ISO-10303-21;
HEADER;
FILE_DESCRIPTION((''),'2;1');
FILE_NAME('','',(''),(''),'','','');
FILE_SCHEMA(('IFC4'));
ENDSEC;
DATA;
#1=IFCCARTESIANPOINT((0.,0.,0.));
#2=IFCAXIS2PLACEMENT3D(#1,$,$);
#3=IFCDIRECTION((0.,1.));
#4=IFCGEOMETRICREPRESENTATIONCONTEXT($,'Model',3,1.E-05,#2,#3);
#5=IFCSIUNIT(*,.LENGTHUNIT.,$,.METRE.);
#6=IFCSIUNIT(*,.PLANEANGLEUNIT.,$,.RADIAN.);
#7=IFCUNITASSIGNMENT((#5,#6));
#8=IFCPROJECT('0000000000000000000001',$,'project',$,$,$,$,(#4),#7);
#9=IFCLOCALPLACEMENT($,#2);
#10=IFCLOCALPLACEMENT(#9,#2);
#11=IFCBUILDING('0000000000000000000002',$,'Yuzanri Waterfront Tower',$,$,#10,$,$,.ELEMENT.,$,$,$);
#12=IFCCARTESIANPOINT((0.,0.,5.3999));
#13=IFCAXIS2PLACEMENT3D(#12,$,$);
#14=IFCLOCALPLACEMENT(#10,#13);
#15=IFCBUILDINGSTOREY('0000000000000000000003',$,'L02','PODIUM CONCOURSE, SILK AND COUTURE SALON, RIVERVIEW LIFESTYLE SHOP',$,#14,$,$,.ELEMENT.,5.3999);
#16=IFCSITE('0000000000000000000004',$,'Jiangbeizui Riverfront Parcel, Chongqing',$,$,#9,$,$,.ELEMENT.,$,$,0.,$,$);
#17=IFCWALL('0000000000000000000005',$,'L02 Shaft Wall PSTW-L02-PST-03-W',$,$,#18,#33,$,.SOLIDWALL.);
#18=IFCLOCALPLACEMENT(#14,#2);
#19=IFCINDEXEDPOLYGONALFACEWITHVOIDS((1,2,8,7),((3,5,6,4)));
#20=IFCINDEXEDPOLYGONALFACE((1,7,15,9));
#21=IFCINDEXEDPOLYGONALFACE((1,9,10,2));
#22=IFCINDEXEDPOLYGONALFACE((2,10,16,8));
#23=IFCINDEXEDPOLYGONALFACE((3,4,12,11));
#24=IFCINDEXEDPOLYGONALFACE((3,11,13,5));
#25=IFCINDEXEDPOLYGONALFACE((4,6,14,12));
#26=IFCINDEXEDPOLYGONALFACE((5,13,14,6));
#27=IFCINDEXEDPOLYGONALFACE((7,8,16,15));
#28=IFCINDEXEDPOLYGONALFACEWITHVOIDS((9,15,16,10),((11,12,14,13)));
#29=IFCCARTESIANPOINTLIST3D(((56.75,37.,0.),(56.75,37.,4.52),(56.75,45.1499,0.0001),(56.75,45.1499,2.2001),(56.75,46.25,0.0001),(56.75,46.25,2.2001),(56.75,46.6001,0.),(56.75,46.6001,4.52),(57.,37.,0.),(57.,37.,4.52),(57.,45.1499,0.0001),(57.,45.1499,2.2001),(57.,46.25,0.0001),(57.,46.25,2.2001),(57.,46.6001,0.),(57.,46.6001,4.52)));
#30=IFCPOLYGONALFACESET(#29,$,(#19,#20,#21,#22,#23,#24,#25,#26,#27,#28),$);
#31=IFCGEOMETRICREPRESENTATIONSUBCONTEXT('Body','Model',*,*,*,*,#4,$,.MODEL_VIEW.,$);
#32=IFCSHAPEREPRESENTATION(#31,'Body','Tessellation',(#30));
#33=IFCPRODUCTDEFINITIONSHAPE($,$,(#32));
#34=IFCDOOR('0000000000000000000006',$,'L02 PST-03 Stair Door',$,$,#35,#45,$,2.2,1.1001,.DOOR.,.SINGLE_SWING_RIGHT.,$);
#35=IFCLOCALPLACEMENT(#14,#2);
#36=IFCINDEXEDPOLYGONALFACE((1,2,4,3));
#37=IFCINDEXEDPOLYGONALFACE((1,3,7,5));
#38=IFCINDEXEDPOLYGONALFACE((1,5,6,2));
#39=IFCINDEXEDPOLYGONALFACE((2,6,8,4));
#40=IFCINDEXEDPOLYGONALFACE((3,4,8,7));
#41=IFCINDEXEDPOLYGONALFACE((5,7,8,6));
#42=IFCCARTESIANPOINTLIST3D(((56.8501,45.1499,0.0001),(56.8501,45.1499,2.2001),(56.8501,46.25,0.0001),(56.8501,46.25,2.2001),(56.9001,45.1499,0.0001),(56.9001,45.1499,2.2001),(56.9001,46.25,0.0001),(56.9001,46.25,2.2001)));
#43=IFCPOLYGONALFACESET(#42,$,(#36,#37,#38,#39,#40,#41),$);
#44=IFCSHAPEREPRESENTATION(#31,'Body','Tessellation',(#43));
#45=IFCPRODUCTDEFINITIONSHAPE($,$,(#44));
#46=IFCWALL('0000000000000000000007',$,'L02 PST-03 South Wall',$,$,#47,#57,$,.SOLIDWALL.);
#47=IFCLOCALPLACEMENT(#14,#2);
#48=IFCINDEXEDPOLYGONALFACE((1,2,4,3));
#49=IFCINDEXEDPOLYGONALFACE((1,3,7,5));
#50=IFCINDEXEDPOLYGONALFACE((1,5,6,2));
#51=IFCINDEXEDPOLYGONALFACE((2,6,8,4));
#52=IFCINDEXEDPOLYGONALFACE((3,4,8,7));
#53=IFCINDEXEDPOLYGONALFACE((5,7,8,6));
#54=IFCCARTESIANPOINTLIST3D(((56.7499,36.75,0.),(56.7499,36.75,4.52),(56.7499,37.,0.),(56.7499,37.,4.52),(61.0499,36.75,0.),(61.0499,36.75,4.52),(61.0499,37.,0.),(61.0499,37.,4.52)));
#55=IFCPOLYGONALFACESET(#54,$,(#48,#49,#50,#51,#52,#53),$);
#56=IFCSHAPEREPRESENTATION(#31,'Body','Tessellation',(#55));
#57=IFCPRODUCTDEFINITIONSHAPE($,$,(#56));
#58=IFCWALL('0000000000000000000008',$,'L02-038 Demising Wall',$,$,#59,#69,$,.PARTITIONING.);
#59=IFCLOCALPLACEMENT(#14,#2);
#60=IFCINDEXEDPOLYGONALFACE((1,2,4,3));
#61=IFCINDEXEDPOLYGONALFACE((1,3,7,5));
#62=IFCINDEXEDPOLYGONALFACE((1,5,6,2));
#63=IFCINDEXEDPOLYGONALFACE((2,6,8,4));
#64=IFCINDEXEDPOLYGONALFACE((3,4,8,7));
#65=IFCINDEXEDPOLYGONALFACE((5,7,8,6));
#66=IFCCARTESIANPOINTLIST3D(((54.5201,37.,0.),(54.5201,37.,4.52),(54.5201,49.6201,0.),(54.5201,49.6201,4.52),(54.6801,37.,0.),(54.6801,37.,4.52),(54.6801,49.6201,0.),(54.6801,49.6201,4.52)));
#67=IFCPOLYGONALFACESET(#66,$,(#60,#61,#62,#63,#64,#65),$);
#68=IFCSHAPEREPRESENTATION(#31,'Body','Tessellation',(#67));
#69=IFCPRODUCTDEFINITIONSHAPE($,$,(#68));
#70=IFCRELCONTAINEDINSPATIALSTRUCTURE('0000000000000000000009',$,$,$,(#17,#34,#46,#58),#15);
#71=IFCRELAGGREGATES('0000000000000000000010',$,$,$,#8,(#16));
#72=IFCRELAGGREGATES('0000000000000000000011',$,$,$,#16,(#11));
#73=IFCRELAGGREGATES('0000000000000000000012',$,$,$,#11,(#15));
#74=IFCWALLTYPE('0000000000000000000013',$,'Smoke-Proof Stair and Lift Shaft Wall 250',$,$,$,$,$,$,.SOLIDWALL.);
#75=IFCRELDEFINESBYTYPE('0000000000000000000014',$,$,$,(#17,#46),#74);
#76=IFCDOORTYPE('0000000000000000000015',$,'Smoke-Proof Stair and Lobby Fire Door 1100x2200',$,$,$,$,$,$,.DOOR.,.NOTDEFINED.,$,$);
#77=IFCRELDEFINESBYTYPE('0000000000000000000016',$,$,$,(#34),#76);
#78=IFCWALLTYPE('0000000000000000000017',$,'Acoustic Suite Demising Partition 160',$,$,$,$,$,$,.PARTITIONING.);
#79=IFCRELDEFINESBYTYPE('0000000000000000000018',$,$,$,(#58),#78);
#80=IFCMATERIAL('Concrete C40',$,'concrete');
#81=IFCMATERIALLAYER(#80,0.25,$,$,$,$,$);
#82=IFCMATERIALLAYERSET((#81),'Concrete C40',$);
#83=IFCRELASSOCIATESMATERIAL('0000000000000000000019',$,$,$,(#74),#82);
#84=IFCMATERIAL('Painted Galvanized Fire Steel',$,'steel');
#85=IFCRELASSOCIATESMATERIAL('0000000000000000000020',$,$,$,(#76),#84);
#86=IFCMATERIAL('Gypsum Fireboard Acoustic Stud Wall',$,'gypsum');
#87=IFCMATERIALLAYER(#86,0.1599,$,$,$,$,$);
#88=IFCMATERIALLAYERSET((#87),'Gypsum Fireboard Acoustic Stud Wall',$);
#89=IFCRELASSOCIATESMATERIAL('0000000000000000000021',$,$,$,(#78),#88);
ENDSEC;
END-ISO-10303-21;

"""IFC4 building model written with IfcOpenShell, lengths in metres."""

from ifc_helpers import new_model, si_unit, direction, frame, frame_2d, origin, place, context, subcontext, project, spatial, rectangle, extrude, source, transform, mapped, material, layer, layer_set, type_object, element, fill, save


model = new_model("IFC4")

# Units and contexts
model_context = context("Model", 3, precision=1e-05, world=origin(), true_north=direction((0.0, 1.0)))
body_context = subcontext(model_context, "Body", "Model", "MODEL_VIEW")
ifc_project = project(units=[si_unit("LENGTHUNIT", "METRE"), si_unit("PLANEANGLEUNIT", "RADIAN")], contexts=[model_context])

# Site, building, storey
site_placement = place(None, origin())
site = spatial("IfcSite", under=ifc_project, at=site_placement, Name="Jiangbeizui Riverfront Parcel, Chongqing", CompositionType="ELEMENT", RefElevation=0.0)
building_placement = place(site_placement, origin())
building = spatial("IfcBuilding", under=site, at=building_placement, Name="Yuzanri Waterfront Tower", CompositionType="ELEMENT")
storey_placement = place(building_placement, frame((0.0, 0.0, 5.3999)))
storey = spatial("IfcBuildingStorey", under=building, at=storey_placement, Name="L02", Description="PODIUM CONCOURSE, SILK AND COUTURE SALON, RIVERVIEW LIFESTYLE SHOP", CompositionType="ELEMENT", Elevation=5.3999)

# Wall, opening, door
ifc_material_1 = material(Name="Concrete C40", Category="concrete")
ifc_layer_1 = layer(ifc_material_1, 0.25)
ifc_layer_set_1 = layer_set([ifc_layer_1], Name="Concrete C40")
wall_type_1 = type_object("IfcWallType", Name="Smoke-Proof Stair and Lift Shaft Wall 250", PredefinedType="SOLIDWALL", material=ifc_layer_set_1)
wall_1_placement = place(storey_placement, frame((56.875, 37.0, 0.0), z_axis=(0.0, 0.0, 1.0), x_axis=(0.0, 1.0, 0.0)))
wall_1 = element("IfcWall", 1, at=wall_1_placement, inside=storey, type_object=wall_type_1, Name="L02 Shaft Wall PSTW-L02-PST-03-W", PredefinedType="SOLIDWALL", context=body_context, shape_type="SweptSolid", body=[
    extrude(rectangle(XDim=9.6001, YDim=0.25, at=frame_2d((4.8, 0.0))), origin(), (0.0, 0.0, 1.0), 4.52),
])
opening_1_placement = place(wall_1_placement, frame((8.1499, 0.0, 0.0)))
opening_1 = element("IfcOpeningElement", 2, at=opening_1_placement, cuts=wall_1, PredefinedType="OPENING", context=body_context, shape_type="SweptSolid", body=[
    extrude(rectangle(XDim=1.1001, YDim=2.2, at=frame_2d((0.55, 1.1001))), frame((0.0, 0.1399, 0.0), z_axis=(0.0, -1.0, 0.0), x_axis=(1.0, 0.0, 0.0)), (0.0, 0.0, 1.0), 0.2798),
])
ifc_material_2 = material(Name="Painted Galvanized Fire Steel", Category="steel")
door_type = type_object("IfcDoorType", Name="Smoke-Proof Stair and Lobby Fire Door 1100x2200", OperationType="NOTDEFINED", PredefinedType="DOOR", material=ifc_material_2)
shared_shape_1 = source(origin(), body_context, "Body", "SweptSolid", [
    extrude(rectangle(XDim=1.1001, YDim=2.2, at=frame_2d((0.55, 1.1001))), frame((0.0, 0.0249, 0.0), z_axis=(0.0, -1.0, 0.0), x_axis=(1.0, 0.0, 0.0)), (0.0, 0.0, 1.0), 0.05),
])
door_placement = place(opening_1_placement, origin())
door = element("IfcDoor", 3, at=door_placement, inside=storey, type_object=door_type, Name="L02 PST-03 Stair Door", OperationType="SINGLE_SWING_RIGHT", OverallHeight=2.2, OverallWidth=1.1001, PredefinedType="DOOR", context=body_context, shape_type="MappedRepresentation", body=[
    mapped(shared_shape_1, transform((0.0, 0.0, 0.0), scale=1.0)),
])
fill(opening_1, door)

# Walls
shared_shape_2 = source(origin(), body_context, "Body", "SweptSolid", [
    extrude(rectangle(XDim=4.3, YDim=0.25, at=frame_2d((2.1499, 0.0))), origin(), (0.0, 0.0, 1.0), 4.52),
])
wall_2_placement = place(storey_placement, frame((56.75, 36.875, 0.0), z_axis=(0.0, 0.0, 1.0), x_axis=(1.0, 0.0, 0.0)))
element("IfcWall", 4, at=wall_2_placement, inside=storey, type_object=wall_type_1, Name="L02 PST-03 South Wall", PredefinedType="SOLIDWALL", context=body_context, shape_type="MappedRepresentation", body=[
    mapped(shared_shape_2, transform((0.0, 0.0, 0.0), scale=1.0)),
])
ifc_material_3 = material(Name="Gypsum Fireboard Acoustic Stud Wall", Category="gypsum")
ifc_layer_2 = layer(ifc_material_3, 0.1599)
ifc_layer_set_2 = layer_set([ifc_layer_2], Name="Gypsum Fireboard Acoustic Stud Wall")
wall_type_2 = type_object("IfcWallType", Name="Acoustic Suite Demising Partition 160", PredefinedType="PARTITIONING", material=ifc_layer_set_2)
shared_shape_3 = source(origin(), body_context, "Body", "SweptSolid", [
    extrude(rectangle(XDim=12.6201, YDim=0.1599, at=frame_2d((6.3101, 0.0))), origin(), (0.0, 0.0, 1.0), 4.52),
])
wall_3_placement = place(storey_placement, frame((54.6001, 37.0, 0.0), z_axis=(0.0, 0.0, 1.0), x_axis=(0.0, 1.0, 0.0)))
element("IfcWall", 5, at=wall_3_placement, inside=storey, type_object=wall_type_2, Name="L02-038 Demising Wall", PredefinedType="PARTITIONING", context=body_context, shape_type="MappedRepresentation", body=[
    mapped(shared_shape_3, transform((0.0, 0.0, 0.0), scale=1.0)),
])

save(model, "model.ifc")
